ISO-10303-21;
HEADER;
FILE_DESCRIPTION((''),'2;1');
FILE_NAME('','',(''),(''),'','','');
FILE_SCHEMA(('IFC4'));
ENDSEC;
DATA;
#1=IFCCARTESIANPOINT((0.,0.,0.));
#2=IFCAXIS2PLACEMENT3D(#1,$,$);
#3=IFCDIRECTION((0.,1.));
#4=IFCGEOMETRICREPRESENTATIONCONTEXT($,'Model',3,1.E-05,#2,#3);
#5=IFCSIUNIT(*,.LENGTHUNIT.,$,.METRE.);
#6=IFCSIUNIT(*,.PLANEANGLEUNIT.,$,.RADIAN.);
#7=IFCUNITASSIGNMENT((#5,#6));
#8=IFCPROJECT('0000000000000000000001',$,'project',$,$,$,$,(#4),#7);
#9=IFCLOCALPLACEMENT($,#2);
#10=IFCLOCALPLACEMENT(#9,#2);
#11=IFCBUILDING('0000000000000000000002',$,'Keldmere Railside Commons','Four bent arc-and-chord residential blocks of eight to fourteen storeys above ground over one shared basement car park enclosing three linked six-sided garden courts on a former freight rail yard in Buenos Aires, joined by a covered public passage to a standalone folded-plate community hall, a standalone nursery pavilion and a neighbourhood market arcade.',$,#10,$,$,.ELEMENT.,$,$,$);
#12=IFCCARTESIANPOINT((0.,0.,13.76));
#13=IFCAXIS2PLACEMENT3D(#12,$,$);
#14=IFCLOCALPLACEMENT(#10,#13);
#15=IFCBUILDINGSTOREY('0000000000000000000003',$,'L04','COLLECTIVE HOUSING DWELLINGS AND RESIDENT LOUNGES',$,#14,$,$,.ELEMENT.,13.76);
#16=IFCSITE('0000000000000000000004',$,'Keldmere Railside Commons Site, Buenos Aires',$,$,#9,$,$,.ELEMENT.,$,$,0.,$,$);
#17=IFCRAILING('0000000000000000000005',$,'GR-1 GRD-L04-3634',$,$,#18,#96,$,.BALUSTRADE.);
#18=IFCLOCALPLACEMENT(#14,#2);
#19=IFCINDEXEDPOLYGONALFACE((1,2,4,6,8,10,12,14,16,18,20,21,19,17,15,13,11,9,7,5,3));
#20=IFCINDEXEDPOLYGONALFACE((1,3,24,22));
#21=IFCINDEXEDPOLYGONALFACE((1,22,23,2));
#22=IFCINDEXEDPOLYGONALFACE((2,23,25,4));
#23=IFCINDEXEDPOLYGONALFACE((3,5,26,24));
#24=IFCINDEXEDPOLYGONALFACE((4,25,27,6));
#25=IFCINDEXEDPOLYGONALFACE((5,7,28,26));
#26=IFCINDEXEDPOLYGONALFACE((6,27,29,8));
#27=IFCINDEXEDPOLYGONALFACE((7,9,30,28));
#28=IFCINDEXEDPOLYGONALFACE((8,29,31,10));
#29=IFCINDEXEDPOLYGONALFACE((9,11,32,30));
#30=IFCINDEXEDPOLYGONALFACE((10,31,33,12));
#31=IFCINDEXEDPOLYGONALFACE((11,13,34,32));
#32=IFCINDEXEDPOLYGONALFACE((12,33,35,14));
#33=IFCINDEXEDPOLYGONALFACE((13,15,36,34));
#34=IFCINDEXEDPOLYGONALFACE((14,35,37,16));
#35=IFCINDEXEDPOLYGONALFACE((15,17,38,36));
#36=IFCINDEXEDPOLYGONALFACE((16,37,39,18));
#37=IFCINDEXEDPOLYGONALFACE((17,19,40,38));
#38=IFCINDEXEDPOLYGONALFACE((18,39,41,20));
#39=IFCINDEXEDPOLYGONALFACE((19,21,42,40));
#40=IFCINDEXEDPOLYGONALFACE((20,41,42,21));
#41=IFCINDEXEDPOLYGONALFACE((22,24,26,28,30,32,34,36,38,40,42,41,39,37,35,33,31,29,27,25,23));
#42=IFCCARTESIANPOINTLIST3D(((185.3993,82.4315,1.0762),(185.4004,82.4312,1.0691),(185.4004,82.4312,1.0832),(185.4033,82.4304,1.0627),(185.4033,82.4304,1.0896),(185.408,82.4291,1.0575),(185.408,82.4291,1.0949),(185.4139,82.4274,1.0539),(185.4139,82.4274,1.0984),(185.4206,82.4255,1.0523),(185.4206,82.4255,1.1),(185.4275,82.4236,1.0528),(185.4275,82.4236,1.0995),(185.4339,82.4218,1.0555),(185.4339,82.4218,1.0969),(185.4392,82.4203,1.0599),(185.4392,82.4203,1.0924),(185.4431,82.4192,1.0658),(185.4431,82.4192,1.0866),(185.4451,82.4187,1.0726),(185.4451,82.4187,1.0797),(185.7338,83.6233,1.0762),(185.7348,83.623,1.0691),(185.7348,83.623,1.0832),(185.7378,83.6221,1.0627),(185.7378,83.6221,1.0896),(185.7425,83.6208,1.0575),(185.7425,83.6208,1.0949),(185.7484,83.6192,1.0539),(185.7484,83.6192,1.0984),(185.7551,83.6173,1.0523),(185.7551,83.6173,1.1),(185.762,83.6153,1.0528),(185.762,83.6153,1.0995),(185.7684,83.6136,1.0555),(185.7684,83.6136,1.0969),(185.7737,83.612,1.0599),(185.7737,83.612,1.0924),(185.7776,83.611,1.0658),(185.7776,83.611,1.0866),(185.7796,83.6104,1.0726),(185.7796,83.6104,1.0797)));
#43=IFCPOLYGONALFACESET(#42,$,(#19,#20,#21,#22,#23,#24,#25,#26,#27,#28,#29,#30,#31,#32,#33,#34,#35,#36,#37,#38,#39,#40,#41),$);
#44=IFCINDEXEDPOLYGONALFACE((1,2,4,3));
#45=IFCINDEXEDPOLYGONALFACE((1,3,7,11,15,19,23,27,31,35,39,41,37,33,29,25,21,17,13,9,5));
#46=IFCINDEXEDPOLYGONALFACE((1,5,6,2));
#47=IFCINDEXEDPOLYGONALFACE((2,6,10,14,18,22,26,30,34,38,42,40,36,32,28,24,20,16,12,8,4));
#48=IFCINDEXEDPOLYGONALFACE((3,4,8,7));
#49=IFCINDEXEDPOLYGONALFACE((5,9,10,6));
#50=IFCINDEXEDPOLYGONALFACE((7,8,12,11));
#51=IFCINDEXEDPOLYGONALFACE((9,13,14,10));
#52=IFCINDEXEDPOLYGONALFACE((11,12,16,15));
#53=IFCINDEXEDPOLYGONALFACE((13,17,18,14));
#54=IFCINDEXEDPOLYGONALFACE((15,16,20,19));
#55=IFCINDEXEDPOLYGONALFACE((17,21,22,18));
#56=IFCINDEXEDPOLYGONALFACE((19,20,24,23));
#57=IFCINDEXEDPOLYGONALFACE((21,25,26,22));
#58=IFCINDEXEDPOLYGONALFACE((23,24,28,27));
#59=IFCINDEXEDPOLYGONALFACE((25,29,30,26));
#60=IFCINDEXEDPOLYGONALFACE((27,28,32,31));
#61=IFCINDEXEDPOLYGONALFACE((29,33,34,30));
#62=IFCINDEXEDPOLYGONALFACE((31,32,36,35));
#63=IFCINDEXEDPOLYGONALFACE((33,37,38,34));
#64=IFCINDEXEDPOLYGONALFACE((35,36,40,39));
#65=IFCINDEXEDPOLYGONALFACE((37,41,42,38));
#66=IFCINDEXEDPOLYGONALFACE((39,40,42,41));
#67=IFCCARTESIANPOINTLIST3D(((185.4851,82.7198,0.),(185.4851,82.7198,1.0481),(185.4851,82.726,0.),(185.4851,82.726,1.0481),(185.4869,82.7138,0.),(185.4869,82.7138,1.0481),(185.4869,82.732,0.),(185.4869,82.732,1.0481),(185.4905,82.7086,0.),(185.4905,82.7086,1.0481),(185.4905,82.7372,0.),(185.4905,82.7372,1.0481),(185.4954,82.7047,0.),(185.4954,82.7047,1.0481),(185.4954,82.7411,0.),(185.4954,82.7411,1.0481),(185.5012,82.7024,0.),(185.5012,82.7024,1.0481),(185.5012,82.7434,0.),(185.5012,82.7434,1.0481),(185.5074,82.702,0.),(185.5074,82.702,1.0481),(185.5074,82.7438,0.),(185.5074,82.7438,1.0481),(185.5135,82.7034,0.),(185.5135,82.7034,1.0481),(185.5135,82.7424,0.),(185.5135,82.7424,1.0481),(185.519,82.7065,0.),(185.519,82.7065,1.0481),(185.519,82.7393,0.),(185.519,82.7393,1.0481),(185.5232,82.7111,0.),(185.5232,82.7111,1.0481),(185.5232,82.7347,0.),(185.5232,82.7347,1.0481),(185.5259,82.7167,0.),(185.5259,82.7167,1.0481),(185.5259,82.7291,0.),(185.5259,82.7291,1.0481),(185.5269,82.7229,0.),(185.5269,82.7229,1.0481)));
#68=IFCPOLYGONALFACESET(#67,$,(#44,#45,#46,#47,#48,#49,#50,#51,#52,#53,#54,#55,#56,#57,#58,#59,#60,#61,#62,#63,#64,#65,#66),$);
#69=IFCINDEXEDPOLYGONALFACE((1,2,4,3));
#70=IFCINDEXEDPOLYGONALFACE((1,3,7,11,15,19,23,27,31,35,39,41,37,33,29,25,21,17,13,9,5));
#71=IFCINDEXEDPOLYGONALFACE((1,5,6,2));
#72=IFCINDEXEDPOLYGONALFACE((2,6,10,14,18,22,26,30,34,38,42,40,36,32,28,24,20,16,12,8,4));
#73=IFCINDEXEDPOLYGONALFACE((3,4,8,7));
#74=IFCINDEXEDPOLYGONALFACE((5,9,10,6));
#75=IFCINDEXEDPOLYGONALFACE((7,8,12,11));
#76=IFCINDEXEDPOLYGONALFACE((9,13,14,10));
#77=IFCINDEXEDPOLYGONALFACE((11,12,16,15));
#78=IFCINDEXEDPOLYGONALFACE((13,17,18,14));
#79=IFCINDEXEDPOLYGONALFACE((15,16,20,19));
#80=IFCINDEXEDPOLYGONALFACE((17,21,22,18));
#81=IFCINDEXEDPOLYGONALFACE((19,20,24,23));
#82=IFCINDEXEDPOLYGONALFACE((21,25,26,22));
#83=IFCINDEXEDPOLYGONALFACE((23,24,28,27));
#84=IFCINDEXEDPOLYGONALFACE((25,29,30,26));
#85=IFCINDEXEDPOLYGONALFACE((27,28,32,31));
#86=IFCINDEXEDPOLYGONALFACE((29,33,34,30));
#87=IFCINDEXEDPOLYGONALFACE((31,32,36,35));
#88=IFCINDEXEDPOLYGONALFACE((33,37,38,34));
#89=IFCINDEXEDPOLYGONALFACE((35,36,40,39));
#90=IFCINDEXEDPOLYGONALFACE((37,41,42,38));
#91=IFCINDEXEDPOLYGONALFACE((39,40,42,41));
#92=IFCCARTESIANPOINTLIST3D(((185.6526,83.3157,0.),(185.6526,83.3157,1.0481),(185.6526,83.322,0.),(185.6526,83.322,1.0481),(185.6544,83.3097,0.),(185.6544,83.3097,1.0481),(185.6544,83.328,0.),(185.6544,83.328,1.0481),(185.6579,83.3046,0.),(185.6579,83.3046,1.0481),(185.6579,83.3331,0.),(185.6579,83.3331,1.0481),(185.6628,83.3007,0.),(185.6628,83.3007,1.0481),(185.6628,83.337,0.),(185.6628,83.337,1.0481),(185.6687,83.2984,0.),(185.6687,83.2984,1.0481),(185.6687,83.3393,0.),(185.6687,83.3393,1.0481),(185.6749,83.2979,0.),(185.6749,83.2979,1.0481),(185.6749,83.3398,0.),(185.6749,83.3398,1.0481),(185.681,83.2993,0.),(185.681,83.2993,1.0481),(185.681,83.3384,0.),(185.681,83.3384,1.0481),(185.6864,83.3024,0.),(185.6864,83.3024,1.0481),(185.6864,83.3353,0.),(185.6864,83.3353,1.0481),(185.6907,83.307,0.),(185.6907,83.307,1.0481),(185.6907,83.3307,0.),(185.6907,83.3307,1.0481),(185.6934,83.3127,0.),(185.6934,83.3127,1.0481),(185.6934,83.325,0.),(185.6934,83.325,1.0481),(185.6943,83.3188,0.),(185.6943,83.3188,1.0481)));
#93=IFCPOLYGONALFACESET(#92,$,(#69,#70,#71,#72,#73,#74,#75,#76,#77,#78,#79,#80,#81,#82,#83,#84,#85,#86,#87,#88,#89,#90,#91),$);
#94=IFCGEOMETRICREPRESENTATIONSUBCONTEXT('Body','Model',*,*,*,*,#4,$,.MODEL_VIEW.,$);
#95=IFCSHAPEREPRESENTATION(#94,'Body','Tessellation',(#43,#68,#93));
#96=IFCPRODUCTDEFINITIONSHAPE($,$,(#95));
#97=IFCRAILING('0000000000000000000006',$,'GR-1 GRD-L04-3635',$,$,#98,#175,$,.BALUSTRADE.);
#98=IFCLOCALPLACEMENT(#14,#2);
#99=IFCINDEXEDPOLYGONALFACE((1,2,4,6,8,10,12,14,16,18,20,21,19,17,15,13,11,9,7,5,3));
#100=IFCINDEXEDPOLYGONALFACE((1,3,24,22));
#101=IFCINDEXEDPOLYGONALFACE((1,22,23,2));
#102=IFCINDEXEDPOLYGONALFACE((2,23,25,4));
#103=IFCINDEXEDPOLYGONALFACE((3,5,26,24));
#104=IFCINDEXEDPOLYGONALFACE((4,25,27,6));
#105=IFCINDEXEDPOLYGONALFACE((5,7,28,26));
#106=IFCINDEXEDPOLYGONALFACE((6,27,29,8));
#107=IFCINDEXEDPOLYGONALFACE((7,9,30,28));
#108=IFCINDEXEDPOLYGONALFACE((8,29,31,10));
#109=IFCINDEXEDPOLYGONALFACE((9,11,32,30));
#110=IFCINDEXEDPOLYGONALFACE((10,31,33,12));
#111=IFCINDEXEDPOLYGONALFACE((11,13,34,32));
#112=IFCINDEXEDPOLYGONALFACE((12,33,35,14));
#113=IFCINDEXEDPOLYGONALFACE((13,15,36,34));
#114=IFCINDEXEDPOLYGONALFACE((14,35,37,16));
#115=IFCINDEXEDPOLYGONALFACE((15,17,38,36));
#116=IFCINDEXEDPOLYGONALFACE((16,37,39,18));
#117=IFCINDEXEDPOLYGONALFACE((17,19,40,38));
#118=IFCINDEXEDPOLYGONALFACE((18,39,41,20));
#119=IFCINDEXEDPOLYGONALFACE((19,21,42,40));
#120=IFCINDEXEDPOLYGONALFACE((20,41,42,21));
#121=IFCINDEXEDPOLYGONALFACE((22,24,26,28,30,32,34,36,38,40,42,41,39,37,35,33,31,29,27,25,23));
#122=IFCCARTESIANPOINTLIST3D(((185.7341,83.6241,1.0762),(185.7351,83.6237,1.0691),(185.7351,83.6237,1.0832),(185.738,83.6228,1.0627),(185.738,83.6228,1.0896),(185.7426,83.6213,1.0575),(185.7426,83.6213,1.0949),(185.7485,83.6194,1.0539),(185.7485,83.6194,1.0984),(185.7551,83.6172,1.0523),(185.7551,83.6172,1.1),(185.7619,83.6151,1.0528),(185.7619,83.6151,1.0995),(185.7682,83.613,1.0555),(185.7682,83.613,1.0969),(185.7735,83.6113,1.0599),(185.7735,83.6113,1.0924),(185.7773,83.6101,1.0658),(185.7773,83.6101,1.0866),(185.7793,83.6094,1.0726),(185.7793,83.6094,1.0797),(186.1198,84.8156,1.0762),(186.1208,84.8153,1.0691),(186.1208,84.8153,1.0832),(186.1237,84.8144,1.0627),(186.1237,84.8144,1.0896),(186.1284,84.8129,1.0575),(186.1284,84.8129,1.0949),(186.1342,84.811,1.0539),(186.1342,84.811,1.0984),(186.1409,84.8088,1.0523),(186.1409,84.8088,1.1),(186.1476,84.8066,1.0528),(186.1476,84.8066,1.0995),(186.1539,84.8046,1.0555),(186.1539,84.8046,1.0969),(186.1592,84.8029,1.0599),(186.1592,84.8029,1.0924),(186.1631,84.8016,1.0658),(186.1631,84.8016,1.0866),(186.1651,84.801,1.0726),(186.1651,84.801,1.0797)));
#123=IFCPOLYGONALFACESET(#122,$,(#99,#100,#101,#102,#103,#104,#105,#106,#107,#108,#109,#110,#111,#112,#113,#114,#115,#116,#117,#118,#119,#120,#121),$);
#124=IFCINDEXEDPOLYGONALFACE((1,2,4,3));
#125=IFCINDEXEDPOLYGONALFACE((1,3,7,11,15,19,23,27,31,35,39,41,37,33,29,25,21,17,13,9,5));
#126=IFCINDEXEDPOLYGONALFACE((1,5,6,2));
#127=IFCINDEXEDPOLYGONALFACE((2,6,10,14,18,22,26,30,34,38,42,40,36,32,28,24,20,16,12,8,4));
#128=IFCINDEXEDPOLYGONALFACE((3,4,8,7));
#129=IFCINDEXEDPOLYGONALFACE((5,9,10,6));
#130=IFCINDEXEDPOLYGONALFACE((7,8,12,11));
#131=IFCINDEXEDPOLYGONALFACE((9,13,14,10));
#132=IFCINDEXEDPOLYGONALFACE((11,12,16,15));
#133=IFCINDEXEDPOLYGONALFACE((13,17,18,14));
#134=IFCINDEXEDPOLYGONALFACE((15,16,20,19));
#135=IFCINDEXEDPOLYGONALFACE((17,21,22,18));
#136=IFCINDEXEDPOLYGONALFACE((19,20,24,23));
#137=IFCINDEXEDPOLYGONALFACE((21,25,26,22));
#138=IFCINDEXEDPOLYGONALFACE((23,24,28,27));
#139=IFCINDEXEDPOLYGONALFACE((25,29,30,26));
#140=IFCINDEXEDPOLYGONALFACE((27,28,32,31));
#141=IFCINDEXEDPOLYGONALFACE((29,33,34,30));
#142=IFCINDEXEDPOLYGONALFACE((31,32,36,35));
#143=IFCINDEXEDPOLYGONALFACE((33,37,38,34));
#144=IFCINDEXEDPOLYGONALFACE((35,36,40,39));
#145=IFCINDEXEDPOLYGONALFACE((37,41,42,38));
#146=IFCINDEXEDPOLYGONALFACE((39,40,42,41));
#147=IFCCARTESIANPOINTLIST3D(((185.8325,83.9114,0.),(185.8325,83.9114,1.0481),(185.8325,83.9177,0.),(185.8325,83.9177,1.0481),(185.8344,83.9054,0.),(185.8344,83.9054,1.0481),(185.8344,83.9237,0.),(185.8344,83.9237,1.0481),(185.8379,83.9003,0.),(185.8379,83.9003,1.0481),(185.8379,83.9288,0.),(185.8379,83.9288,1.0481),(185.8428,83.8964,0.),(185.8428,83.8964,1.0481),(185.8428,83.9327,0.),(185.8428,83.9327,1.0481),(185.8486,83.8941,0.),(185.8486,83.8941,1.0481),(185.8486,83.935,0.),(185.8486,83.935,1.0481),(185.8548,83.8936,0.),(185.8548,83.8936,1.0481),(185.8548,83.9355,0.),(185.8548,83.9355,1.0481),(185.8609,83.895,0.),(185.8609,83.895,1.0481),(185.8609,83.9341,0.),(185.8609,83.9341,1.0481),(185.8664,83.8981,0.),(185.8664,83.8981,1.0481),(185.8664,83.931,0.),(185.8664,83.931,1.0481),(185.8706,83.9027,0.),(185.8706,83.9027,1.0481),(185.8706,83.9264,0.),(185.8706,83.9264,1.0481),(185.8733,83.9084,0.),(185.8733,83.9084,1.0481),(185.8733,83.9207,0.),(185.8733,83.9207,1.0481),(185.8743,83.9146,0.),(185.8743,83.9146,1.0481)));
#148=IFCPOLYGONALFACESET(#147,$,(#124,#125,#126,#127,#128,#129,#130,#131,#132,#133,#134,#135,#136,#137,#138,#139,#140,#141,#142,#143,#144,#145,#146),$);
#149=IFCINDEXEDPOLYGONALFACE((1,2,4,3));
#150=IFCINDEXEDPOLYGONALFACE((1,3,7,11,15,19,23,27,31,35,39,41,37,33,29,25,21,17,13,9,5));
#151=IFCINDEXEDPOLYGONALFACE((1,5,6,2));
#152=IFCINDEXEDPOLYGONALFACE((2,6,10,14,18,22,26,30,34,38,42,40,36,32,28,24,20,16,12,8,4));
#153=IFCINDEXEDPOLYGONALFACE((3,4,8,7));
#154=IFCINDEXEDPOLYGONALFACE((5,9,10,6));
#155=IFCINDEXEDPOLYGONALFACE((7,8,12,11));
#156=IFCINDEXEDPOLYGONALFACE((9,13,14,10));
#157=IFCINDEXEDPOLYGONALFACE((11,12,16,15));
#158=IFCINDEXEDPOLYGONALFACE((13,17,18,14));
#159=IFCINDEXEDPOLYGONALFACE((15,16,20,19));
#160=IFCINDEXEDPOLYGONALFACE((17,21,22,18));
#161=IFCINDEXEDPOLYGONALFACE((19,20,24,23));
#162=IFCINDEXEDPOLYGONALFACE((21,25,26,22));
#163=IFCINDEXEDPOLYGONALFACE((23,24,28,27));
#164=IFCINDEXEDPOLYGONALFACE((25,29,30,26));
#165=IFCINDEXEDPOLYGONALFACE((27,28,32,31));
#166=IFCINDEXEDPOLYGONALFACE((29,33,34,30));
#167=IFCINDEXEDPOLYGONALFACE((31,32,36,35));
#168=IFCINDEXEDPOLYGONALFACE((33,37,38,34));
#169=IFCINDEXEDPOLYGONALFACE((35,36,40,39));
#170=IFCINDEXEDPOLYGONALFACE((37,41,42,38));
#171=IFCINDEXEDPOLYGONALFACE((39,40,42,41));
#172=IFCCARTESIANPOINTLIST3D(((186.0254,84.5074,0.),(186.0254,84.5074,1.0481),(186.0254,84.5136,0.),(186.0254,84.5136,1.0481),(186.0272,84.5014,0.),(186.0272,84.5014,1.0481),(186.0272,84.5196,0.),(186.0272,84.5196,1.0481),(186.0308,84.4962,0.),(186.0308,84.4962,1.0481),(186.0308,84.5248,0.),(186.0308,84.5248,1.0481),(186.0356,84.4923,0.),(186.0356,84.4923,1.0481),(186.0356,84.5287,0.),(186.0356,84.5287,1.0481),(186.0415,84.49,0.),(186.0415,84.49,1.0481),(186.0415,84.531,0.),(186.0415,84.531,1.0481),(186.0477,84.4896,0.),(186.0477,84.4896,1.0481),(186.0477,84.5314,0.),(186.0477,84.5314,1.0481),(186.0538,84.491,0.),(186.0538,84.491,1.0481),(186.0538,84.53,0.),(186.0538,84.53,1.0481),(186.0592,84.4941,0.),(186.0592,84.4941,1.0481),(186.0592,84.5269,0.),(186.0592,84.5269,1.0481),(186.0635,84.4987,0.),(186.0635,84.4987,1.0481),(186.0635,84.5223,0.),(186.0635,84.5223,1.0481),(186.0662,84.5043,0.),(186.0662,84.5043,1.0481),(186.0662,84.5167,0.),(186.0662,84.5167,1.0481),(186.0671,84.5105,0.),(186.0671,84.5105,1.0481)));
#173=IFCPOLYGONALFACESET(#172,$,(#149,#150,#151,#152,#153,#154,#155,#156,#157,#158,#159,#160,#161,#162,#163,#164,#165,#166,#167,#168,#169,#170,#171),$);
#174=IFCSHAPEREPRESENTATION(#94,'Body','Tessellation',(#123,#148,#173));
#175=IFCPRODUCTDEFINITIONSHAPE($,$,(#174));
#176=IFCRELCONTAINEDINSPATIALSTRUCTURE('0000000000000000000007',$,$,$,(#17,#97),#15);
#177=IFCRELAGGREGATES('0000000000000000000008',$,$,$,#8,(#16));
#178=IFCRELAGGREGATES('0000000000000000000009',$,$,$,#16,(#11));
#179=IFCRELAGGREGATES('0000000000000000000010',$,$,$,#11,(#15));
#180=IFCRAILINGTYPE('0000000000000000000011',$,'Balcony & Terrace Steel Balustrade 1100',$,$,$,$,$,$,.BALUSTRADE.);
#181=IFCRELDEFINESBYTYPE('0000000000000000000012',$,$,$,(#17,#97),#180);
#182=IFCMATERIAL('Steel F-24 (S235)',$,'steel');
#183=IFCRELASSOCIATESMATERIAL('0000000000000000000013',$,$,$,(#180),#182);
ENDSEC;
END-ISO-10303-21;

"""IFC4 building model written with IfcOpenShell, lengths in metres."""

from ifc_helpers import new_model, si_unit, direction, frame, origin, origin_2d, place, context, subcontext, project, spatial, circle, extrude, material, type_object, element, save


model = new_model("IFC4")

# Units and contexts
model_context = context("Model", 3, precision=1e-05, world=origin(), true_north=direction((0.0, 1.0)))
body_context = subcontext(model_context, "Body", "Model", "MODEL_VIEW")
ifc_project = project(units=[si_unit("LENGTHUNIT", "METRE"), si_unit("PLANEANGLEUNIT", "RADIAN")], contexts=[model_context])

# Site, building, storey
site_placement = place(None, origin())
site = spatial("IfcSite", under=ifc_project, at=site_placement, Name="Keldmere Railside Commons Site, Buenos Aires", CompositionType="ELEMENT", RefElevation=0.0)
building_placement = place(site_placement, origin())
building = spatial("IfcBuilding", under=site, at=building_placement, Name="Keldmere Railside Commons", Description="Four bent arc-and-chord residential blocks of eight to fourteen storeys above ground over one shared basement car park enclosing three linked six-sided garden courts on a former freight rail yard in Buenos Aires, joined by a covered public passage to a standalone folded-plate community hall, a standalone nursery pavilion and a neighbourhood market arcade.", CompositionType="ELEMENT")
storey_placement = place(building_placement, frame((0.0, 0.0, 13.76)))
storey = spatial("IfcBuildingStorey", under=building, at=storey_placement, Name="L04", Description="COLLECTIVE HOUSING DWELLINGS AND RESIDENT LOUNGES", CompositionType="ELEMENT", Elevation=13.76)

# Railings
ifc_material_1 = material(Name="Steel F-24 (S235)", Category="steel")
railing_type = type_object("IfcRailingType", Name="Balcony & Terrace Steel Balustrade 1100", PredefinedType="BALUSTRADE", material=ifc_material_1)
railing_1_placement = place(storey_placement, frame((185.4224, 82.425, 0.0)))
element("IfcRailing", 1, at=railing_1_placement, inside=storey, type_object=railing_type, Name="GR-1 GRD-L04-3634", PredefinedType="BALUSTRADE", context=body_context, shape_type="SweptSolid", body=[
    extrude(circle(Radius=0.0239, at=origin_2d()), frame((0.0, 0.0, 1.0762), z_axis=(0.270237, 0.962794, 0.0), x_axis=(-0.962794, 0.270237, 0.0)), (0.0, 0.0, 1.0), 1.2378),
    extrude(circle(Radius=0.021, at=origin_2d()), frame((0.0835, 0.2979, 0.0)), (0.0, 0.0, 1.0), 1.0481),
    extrude(circle(Radius=0.021, at=origin_2d()), frame((0.251, 0.8938, 0.0)), (0.0, 0.0, 1.0), 1.0481),
])
railing_2_placement = place(storey_placement, frame((185.7568, 83.6167, 0.0)))
element("IfcRailing", 2, at=railing_2_placement, inside=storey, type_object=railing_type, Name="GR-1 GRD-L04-3635", PredefinedType="BALUSTRADE", context=body_context, shape_type="SweptSolid", body=[
    extrude(circle(Radius=0.0239, at=origin_2d()), frame((0.0, 0.0, 1.0762), z_axis=(0.307971, 0.951396, 0.0), x_axis=(-0.951396, 0.307971, 0.0)), (0.0, 0.0, 1.0), 1.2524),
    extrude(circle(Radius=0.021, at=origin_2d()), frame((0.0964, 0.2979, 0.0)), (0.0, 0.0, 1.0), 1.0481),
    extrude(circle(Radius=0.021, at=origin_2d()), frame((0.2893, 0.8938, 0.0)), (0.0, 0.0, 1.0), 1.0481),
])

save(model, "model.ifc")
